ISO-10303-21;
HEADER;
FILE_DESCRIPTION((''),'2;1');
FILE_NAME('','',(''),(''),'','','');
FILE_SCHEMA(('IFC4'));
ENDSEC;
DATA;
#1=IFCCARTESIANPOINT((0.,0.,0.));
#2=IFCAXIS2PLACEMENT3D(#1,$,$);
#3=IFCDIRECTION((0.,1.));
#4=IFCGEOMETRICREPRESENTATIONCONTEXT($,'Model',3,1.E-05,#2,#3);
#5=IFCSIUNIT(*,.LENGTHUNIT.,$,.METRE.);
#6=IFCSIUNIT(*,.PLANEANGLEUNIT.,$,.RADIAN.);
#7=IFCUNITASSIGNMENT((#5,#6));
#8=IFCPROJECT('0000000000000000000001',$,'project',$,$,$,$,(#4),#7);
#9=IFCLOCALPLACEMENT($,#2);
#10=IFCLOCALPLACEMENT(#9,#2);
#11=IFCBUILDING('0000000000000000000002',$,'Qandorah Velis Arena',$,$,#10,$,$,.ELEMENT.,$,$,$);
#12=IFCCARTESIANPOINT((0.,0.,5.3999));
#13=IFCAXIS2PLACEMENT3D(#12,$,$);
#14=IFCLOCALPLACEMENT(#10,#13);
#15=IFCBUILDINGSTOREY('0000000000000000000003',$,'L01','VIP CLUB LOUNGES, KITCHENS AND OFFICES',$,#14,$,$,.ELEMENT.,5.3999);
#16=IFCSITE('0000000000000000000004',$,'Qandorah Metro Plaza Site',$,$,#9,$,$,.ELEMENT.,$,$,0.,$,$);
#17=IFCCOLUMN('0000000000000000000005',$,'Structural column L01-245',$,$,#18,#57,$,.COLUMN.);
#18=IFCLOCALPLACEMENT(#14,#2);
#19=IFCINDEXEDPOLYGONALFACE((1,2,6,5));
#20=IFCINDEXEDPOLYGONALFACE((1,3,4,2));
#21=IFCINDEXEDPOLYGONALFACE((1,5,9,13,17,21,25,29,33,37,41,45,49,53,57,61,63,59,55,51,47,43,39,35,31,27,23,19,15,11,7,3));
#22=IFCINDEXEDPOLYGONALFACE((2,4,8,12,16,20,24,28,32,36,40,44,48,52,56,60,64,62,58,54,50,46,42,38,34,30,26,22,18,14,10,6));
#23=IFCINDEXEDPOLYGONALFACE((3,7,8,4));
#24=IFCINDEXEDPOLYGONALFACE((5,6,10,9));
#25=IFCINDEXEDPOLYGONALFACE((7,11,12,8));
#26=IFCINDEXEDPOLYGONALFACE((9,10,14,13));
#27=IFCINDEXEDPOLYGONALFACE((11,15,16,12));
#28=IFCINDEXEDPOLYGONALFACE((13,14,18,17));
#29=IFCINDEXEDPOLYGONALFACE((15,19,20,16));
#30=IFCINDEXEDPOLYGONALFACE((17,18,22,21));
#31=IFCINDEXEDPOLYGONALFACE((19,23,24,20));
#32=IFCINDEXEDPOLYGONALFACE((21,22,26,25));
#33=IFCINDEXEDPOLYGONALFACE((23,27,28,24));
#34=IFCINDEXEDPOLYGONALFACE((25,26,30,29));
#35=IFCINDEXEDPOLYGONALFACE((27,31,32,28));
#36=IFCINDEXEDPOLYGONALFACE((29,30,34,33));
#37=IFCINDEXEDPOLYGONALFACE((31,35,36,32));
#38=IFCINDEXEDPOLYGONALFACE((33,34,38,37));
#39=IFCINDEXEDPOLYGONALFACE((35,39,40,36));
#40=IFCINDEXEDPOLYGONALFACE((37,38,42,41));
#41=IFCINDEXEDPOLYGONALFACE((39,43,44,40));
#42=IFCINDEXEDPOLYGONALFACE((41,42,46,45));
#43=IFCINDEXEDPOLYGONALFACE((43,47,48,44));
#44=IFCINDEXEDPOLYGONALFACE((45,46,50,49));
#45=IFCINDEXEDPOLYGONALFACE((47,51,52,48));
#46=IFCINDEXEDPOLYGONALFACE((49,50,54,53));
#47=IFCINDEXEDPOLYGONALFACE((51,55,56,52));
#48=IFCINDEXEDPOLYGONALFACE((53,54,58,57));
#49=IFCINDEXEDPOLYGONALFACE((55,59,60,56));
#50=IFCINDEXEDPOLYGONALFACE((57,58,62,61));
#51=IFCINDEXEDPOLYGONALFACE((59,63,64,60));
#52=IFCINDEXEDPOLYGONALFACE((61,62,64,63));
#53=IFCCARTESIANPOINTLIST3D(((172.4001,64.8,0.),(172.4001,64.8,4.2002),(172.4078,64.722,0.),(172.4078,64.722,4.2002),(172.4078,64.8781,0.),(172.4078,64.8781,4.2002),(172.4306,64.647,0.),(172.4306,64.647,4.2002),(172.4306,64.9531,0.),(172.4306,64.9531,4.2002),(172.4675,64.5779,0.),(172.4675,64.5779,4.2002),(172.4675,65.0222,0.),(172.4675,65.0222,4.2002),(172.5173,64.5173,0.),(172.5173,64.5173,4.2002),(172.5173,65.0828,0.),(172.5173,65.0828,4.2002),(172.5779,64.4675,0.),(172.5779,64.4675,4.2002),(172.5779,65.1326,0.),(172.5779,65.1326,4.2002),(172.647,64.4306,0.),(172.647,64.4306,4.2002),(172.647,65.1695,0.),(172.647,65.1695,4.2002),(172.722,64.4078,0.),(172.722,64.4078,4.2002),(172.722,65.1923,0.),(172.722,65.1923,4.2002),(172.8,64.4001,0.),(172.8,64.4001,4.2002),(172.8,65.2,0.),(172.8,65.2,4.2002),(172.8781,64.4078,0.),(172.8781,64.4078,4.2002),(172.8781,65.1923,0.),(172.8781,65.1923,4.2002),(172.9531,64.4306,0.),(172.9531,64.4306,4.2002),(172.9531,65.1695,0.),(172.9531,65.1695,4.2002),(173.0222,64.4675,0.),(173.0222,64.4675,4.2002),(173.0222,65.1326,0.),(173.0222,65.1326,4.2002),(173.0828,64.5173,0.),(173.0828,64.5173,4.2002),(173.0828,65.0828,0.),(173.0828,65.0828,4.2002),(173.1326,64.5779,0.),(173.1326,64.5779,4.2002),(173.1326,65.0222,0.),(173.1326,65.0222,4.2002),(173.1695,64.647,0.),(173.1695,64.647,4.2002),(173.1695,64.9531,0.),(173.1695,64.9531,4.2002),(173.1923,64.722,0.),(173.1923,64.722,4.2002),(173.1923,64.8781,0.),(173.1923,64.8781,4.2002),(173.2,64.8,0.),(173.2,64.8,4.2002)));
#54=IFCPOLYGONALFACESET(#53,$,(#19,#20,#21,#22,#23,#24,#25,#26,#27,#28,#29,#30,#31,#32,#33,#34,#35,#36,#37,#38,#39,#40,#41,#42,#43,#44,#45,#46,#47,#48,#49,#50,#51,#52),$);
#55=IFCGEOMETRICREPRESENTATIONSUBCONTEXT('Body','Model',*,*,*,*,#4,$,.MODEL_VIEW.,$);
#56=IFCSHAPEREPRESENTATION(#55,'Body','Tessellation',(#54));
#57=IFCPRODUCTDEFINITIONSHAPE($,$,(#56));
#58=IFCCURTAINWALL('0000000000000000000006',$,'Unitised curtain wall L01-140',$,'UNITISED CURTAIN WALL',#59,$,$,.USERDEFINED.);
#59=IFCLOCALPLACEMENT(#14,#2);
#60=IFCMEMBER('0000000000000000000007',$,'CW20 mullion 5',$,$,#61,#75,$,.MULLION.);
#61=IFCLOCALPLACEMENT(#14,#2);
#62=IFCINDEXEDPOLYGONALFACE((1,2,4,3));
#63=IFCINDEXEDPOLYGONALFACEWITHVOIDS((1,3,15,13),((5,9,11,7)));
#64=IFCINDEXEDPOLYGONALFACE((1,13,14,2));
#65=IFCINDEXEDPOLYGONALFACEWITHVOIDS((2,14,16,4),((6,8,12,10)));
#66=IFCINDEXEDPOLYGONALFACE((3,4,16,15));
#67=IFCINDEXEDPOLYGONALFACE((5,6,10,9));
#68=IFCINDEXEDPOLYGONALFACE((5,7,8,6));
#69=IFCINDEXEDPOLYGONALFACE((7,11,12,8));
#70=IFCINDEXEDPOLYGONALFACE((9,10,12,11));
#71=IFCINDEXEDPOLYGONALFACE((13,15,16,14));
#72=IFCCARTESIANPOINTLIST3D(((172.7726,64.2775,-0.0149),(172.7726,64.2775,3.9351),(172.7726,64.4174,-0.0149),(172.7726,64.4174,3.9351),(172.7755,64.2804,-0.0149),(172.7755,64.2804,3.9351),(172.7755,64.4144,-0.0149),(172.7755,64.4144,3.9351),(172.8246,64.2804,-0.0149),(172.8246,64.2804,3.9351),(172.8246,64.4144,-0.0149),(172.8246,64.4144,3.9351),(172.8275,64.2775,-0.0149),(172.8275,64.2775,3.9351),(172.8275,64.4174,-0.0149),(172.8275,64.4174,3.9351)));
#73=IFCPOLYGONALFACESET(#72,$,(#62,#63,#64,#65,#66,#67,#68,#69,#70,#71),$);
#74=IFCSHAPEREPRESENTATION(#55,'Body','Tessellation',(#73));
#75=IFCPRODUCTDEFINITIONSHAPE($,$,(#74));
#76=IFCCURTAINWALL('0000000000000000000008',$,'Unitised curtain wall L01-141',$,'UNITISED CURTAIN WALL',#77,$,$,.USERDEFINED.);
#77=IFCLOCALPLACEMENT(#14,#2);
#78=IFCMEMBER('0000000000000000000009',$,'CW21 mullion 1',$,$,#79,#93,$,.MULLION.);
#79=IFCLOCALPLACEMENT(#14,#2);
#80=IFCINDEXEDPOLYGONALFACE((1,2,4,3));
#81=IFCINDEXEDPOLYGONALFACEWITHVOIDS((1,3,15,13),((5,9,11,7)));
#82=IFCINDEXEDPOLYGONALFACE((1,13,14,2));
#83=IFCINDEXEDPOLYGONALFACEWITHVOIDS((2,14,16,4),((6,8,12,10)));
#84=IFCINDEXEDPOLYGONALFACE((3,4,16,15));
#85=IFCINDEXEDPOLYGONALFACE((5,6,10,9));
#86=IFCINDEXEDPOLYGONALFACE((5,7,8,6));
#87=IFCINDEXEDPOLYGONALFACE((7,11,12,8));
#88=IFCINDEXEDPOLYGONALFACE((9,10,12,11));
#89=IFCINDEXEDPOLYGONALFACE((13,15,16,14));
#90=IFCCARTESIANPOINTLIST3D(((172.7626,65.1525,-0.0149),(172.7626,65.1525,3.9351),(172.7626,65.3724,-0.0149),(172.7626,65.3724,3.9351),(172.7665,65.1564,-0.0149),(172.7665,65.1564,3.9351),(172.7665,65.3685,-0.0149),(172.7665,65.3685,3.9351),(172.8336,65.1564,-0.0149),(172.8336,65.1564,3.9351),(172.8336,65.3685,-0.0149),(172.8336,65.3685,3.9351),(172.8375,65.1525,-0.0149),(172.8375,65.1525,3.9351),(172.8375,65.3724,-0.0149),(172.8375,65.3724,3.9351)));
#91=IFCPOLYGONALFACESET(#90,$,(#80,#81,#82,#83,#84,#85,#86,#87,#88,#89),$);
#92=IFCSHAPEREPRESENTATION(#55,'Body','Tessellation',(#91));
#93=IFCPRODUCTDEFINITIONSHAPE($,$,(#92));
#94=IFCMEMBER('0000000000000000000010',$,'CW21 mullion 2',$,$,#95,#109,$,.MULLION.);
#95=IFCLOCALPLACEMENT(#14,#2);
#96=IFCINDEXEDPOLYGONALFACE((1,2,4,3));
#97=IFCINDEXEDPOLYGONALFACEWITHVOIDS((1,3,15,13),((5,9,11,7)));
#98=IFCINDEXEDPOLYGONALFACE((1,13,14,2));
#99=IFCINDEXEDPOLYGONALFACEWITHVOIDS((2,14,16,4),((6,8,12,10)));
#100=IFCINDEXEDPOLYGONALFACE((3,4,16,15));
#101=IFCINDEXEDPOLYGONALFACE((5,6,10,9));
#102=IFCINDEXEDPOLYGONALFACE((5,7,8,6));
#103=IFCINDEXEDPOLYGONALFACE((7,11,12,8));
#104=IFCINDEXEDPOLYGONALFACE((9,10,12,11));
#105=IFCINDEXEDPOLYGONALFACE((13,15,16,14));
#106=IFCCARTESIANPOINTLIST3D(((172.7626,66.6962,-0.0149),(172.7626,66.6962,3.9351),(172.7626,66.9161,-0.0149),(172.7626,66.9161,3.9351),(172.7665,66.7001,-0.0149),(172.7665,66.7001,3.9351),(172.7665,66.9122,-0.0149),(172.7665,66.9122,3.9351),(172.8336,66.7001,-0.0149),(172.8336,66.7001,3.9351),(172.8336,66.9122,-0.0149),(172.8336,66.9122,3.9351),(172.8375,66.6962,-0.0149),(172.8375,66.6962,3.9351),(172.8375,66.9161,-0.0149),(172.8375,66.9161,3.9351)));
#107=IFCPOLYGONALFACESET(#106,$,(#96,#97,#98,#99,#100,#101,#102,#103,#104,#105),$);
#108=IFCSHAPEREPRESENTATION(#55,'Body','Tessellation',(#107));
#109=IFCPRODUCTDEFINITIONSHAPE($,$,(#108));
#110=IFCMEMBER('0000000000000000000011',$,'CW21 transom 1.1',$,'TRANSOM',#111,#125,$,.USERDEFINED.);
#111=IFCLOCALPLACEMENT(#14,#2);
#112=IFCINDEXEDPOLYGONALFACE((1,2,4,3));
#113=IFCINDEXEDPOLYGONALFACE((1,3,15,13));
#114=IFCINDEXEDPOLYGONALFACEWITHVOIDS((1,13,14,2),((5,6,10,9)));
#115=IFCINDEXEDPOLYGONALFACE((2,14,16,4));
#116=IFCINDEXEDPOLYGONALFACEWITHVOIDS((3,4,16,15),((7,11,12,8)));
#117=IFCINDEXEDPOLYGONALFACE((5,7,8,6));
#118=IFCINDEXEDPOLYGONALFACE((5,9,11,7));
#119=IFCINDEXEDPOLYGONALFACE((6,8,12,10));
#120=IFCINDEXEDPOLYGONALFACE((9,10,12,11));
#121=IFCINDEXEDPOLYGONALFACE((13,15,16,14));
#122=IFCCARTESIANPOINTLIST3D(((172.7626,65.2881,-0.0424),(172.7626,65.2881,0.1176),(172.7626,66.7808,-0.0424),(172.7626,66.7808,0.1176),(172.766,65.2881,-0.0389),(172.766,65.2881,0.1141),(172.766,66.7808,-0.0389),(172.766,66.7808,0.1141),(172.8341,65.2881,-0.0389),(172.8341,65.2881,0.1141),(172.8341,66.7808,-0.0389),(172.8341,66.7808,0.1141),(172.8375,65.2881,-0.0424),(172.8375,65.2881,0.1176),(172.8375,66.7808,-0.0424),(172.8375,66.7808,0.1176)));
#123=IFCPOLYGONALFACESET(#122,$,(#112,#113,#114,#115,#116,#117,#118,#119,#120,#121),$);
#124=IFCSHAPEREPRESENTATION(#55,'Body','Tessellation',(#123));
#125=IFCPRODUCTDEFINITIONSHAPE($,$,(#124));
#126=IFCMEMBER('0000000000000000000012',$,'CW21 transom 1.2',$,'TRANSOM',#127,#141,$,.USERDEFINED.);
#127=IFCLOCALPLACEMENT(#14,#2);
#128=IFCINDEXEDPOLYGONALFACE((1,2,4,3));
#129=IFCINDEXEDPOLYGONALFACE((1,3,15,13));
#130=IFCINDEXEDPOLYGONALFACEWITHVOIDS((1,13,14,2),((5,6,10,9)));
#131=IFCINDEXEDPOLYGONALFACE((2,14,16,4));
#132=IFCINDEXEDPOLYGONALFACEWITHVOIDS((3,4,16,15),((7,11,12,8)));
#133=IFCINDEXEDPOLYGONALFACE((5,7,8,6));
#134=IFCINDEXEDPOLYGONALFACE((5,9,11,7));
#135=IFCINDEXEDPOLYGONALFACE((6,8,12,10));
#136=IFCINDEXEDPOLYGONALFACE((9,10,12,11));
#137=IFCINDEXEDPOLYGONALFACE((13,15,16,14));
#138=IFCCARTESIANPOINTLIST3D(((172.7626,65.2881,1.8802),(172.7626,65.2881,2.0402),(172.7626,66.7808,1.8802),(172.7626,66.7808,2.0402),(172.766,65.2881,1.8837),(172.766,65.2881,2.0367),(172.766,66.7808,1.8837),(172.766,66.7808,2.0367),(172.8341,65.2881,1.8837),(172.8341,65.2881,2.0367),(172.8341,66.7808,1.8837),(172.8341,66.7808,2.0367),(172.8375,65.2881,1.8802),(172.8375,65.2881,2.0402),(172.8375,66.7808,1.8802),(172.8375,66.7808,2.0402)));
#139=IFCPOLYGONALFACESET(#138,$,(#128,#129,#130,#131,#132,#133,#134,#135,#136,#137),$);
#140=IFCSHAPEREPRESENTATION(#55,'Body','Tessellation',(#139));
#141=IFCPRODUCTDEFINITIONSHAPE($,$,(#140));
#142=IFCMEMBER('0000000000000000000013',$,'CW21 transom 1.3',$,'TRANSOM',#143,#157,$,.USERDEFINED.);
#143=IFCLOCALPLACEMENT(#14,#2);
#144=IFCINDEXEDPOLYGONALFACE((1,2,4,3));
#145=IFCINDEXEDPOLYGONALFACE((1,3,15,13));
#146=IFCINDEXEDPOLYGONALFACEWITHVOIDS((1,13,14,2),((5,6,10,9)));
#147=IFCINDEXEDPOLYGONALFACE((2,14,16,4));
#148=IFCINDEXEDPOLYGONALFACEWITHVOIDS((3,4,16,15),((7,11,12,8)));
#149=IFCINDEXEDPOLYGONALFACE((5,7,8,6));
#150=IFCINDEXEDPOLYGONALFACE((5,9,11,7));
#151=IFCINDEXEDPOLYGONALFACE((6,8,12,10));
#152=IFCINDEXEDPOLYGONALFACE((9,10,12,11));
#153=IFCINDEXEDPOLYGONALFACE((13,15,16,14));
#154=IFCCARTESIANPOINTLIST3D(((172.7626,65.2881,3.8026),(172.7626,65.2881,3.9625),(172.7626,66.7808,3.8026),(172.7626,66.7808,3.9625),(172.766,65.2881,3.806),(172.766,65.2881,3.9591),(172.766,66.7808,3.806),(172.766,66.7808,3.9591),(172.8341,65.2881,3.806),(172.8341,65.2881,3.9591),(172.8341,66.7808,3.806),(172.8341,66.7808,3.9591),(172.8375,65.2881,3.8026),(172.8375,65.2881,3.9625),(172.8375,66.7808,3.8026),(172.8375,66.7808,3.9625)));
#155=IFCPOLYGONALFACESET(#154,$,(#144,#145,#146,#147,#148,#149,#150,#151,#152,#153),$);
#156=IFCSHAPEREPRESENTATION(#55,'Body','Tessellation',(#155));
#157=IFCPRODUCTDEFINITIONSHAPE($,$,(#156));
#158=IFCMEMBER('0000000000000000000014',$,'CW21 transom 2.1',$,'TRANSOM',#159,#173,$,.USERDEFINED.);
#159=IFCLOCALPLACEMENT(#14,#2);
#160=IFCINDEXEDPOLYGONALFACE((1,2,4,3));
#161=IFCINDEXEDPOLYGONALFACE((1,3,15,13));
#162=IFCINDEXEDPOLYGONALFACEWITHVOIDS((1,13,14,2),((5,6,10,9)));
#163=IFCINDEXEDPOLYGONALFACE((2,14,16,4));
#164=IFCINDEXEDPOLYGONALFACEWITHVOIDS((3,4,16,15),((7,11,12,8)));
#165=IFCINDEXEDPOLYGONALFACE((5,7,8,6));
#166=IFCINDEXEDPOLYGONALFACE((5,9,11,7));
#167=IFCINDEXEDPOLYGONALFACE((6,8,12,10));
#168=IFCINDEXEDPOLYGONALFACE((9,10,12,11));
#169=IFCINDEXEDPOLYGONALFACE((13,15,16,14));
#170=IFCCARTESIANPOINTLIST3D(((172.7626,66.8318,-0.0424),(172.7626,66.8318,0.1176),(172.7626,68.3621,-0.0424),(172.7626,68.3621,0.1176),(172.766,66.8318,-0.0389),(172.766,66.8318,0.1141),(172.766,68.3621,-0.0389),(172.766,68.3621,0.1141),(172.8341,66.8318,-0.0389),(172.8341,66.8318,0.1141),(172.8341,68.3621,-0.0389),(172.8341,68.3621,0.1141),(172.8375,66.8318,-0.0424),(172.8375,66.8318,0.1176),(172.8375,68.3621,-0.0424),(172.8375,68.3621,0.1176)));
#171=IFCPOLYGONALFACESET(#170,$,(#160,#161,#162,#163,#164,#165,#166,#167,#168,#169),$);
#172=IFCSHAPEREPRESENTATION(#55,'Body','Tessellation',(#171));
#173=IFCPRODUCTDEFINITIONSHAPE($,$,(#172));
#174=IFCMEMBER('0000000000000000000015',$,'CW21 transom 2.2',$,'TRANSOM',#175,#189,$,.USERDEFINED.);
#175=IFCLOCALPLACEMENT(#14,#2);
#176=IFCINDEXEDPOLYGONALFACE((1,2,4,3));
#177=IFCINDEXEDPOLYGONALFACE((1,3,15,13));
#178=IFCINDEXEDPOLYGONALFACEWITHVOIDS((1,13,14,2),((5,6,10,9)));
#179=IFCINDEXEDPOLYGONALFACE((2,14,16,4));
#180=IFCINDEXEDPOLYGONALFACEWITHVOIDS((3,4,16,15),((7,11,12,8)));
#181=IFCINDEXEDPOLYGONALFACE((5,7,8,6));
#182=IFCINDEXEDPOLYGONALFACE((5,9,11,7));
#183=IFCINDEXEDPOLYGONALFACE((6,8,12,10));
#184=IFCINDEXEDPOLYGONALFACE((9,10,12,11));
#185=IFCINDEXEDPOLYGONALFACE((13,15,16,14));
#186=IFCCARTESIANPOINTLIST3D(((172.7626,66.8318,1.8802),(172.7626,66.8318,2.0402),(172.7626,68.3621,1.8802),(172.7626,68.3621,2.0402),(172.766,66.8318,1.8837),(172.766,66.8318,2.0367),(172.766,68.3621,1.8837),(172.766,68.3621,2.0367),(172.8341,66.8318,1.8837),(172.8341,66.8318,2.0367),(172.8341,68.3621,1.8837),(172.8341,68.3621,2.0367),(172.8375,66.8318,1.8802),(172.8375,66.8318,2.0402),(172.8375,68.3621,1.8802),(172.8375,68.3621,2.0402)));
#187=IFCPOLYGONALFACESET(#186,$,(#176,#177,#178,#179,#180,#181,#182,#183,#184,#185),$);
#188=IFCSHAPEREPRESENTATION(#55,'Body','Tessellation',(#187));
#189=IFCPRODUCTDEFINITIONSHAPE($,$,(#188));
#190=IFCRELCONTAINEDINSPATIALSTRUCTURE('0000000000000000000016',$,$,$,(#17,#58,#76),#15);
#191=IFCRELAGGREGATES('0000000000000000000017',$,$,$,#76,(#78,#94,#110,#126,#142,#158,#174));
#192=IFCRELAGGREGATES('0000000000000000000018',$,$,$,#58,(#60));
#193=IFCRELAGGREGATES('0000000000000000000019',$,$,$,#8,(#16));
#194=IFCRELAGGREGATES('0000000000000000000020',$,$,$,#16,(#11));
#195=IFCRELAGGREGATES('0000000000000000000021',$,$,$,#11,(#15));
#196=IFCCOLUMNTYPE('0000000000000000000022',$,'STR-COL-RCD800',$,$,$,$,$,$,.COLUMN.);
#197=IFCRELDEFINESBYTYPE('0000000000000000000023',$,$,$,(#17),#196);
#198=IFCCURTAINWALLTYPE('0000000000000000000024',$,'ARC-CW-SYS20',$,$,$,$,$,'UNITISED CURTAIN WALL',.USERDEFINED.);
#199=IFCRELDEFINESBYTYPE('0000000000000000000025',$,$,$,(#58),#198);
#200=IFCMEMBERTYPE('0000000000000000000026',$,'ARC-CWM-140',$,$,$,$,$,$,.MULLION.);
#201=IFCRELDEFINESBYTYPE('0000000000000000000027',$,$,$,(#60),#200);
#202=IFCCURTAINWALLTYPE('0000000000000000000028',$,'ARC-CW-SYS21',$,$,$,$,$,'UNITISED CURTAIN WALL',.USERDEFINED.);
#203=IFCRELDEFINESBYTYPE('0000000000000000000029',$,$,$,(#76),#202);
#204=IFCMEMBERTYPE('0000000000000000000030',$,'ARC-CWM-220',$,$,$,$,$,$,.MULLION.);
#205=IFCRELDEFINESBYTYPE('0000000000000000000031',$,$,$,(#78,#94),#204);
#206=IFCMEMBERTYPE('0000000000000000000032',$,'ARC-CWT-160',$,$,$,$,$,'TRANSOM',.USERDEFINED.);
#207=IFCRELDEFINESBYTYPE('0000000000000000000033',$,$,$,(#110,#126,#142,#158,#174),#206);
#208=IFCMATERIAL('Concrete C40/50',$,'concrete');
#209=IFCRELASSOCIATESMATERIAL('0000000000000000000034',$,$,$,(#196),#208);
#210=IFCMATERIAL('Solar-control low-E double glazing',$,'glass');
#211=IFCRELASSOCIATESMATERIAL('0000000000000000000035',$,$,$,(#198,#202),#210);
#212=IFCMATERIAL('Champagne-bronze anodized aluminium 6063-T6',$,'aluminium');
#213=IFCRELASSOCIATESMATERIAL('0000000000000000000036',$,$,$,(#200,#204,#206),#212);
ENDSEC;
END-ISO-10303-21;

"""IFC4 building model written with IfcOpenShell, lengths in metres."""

from ifc_helpers import new_model, si_unit, direction, frame, origin, origin_2d, place, context, subcontext, project, spatial, hollow_rectangle, circle, extrude, material, material_profile, profile_set, type_object, element, aggregate, save


model = new_model("IFC4")

# Units and contexts
model_context = context("Model", 3, precision=1e-05, world=origin(), true_north=direction((0.0, 1.0)))
body_context = subcontext(model_context, "Body", "Model", "MODEL_VIEW")
ifc_project = project(units=[si_unit("LENGTHUNIT", "METRE"), si_unit("PLANEANGLEUNIT", "RADIAN")], contexts=[model_context])

# Site, building, storey
site_placement = place(None, origin())
site = spatial("IfcSite", under=ifc_project, at=site_placement, Name="Qandorah Metro Plaza Site", CompositionType="ELEMENT", RefElevation=0.0)
building_placement = place(site_placement, origin())
building = spatial("IfcBuilding", under=site, at=building_placement, Name="Qandorah Velis Arena", CompositionType="ELEMENT")
storey_placement = place(building_placement, frame((0.0, 0.0, 5.3999)))
storey = spatial("IfcBuildingStorey", under=building, at=storey_placement, Name="L01", Description="VIP CLUB LOUNGES, KITCHENS AND OFFICES", CompositionType="ELEMENT", Elevation=5.3999)

# Column
ifc_material_1 = material(Name="Concrete C40/50", Category="concrete")
ifc_material_profile_1 = material_profile(ifc_material_1, circle(Radius=0.3999, at=origin_2d()), Name="RC D800")
ifc_profile_set_1 = profile_set([ifc_material_profile_1], Name="Concrete C40/50")
column_type = type_object("IfcColumnType", Name="STR-COL-RCD800", PredefinedType="COLUMN", material=ifc_profile_set_1)
column_placement = place(storey_placement, frame((172.8, 64.8, 0.0), z_axis=(0.0, 0.0, 1.0), x_axis=(1.0, 0.0, 0.0)))
element("IfcColumn", 1, at=column_placement, inside=storey, type_object=column_type, Name="Structural column L01-245", PredefinedType="COLUMN", context=body_context, shape_type="SweptSolid", body=[
    extrude(circle(Radius=0.3999, at=origin_2d()), origin(), (0.0, 0.0, 1.0), 4.2002),
])

# Curtain wall, member
ifc_material_2 = material(Name="Solar-control low-E double glazing", Category="glass")
curtain_wall_type_1 = type_object("IfcCurtainWallType", Name="ARC-CW-SYS20", ElementType="UNITISED CURTAIN WALL", PredefinedType="USERDEFINED", material=ifc_material_2)
curtain_wall_1_placement = place(storey_placement, origin())
curtain_wall_1 = element("IfcCurtainWall", 2, at=curtain_wall_1_placement, inside=storey, type_object=curtain_wall_type_1, Name="Unitised curtain wall L01-140", ObjectType="UNITISED CURTAIN WALL", PredefinedType="USERDEFINED")
ifc_material_3 = material(Name="Champagne-bronze anodized aluminium 6063-T6", Category="aluminium")
ifc_material_profile_2 = material_profile(ifc_material_3, hollow_rectangle(XDim=0.0549, YDim=0.1399, WallThickness=0.0029, at=origin_2d()), Name="ALU MULLION 55x140")
ifc_profile_set_2 = profile_set([ifc_material_profile_2], Name="Champagne-bronze anodized aluminium 6063-T6")
member_type_1 = type_object("IfcMemberType", Name="ARC-CWM-140", PredefinedType="MULLION", material=ifc_profile_set_2)
member_1_placement = place(storey_placement, frame((172.8, 64.3474, -0.0149), z_axis=(0.0, 0.0, 1.0), x_axis=(-1.0, 0.0, 0.0)))
member_1 = element("IfcMember", 3, at=member_1_placement, type_object=member_type_1, Name="CW20 mullion 5", PredefinedType="MULLION", context=body_context, shape_type="SweptSolid", body=[
    extrude(hollow_rectangle(XDim=0.0549, YDim=0.1399, WallThickness=0.0029, at=origin_2d()), origin(), (0.0, 0.0, 1.0), 3.95),
])

# Curtain wall, members
curtain_wall_type_2 = type_object("IfcCurtainWallType", Name="ARC-CW-SYS21", ElementType="UNITISED CURTAIN WALL", PredefinedType="USERDEFINED", material=ifc_material_2)
curtain_wall_2_placement = place(storey_placement, origin())
curtain_wall_2 = element("IfcCurtainWall", 4, at=curtain_wall_2_placement, inside=storey, type_object=curtain_wall_type_2, Name="Unitised curtain wall L01-141", ObjectType="UNITISED CURTAIN WALL", PredefinedType="USERDEFINED")
ifc_material_profile_3 = material_profile(ifc_material_3, hollow_rectangle(XDim=0.075, YDim=0.22, WallThickness=0.0039, at=origin_2d()), Name="ALU MULLION 75x220")
ifc_profile_set_3 = profile_set([ifc_material_profile_3], Name="Champagne-bronze anodized aluminium 6063-T6")
member_type_2 = type_object("IfcMemberType", Name="ARC-CWM-220", PredefinedType="MULLION", material=ifc_profile_set_3)
member_2_placement = place(storey_placement, frame((172.8, 65.2625, -0.0149), z_axis=(0.0, 0.0, 1.0), x_axis=(-1.0, 0.0, 0.0)))
member_2 = element("IfcMember", 5, at=member_2_placement, type_object=member_type_2, Name="CW21 mullion 1", PredefinedType="MULLION", context=body_context, shape_type="SweptSolid", body=[
    extrude(hollow_rectangle(XDim=0.075, YDim=0.22, WallThickness=0.0039, at=origin_2d()), origin(), (0.0, 0.0, 1.0), 3.95),
])
member_3_placement = place(storey_placement, frame((172.8, 66.8062, -0.0149), z_axis=(0.0, 0.0, 1.0), x_axis=(-1.0, 0.0, 0.0)))
member_3 = element("IfcMember", 6, at=member_3_placement, type_object=member_type_2, Name="CW21 mullion 2", PredefinedType="MULLION", context=body_context, shape_type="SweptSolid", body=[
    extrude(hollow_rectangle(XDim=0.075, YDim=0.22, WallThickness=0.0039, at=origin_2d()), origin(), (0.0, 0.0, 1.0), 3.95),
])
ifc_material_profile_4 = material_profile(ifc_material_3, hollow_rectangle(XDim=0.075, YDim=0.1599, WallThickness=0.0034, at=origin_2d()), Name="ALU TRANSOM 75x160")
ifc_profile_set_4 = profile_set([ifc_material_profile_4], Name="Champagne-bronze anodized aluminium 6063-T6")
member_type_3 = type_object("IfcMemberType", Name="ARC-CWT-160", ElementType="TRANSOM", PredefinedType="USERDEFINED", material=ifc_profile_set_4)
member_4_placement = place(storey_placement, frame((172.8, 65.2881, 0.0376), z_axis=(0.0, 1.0, 0.0), x_axis=(-1.0, 0.0, 0.0)))
member_4 = element("IfcMember", 7, at=member_4_placement, type_object=member_type_3, Name="CW21 transom 1.1", ObjectType="TRANSOM", PredefinedType="USERDEFINED", context=body_context, shape_type="SweptSolid", body=[
    extrude(hollow_rectangle(XDim=0.075, YDim=0.1599, WallThickness=0.0034, at=origin_2d()), origin(), (0.0, 0.0, 1.0), 1.4927),
])
member_5_placement = place(storey_placement, frame((172.8, 65.2881, 1.9602), z_axis=(0.0, 1.0, 0.0), x_axis=(-1.0, 0.0, 0.0)))
member_5 = element("IfcMember", 8, at=member_5_placement, type_object=member_type_3, Name="CW21 transom 1.2", ObjectType="TRANSOM", PredefinedType="USERDEFINED", context=body_context, shape_type="SweptSolid", body=[
    extrude(hollow_rectangle(XDim=0.075, YDim=0.1599, WallThickness=0.0034, at=origin_2d()), origin(), (0.0, 0.0, 1.0), 1.4927),
])
member_6_placement = place(storey_placement, frame((172.8, 65.2881, 3.8826), z_axis=(0.0, 1.0, 0.0), x_axis=(-1.0, 0.0, 0.0)))
member_6 = element("IfcMember", 9, at=member_6_placement, type_object=member_type_3, Name="CW21 transom 1.3", ObjectType="TRANSOM", PredefinedType="USERDEFINED", context=body_context, shape_type="SweptSolid", body=[
    extrude(hollow_rectangle(XDim=0.075, YDim=0.1599, WallThickness=0.0034, at=origin_2d()), origin(), (0.0, 0.0, 1.0), 1.4927),
])
member_7_placement = place(storey_placement, frame((172.8, 66.8318, 0.0376), z_axis=(0.0, 1.0, 0.0), x_axis=(-1.0, 0.0, 0.0)))
member_7 = element("IfcMember", 10, at=member_7_placement, type_object=member_type_3, Name="CW21 transom 2.1", ObjectType="TRANSOM", PredefinedType="USERDEFINED", context=body_context, shape_type="SweptSolid", body=[
    extrude(hollow_rectangle(XDim=0.075, YDim=0.1599, WallThickness=0.0034, at=origin_2d()), origin(), (0.0, 0.0, 1.0), 1.5303),
])
member_8_placement = place(storey_placement, frame((172.8, 66.8318, 1.9602), z_axis=(0.0, 1.0, 0.0), x_axis=(-1.0, 0.0, 0.0)))
member_8 = element("IfcMember", 11, at=member_8_placement, type_object=member_type_3, Name="CW21 transom 2.2", ObjectType="TRANSOM", PredefinedType="USERDEFINED", context=body_context, shape_type="SweptSolid", body=[
    extrude(hollow_rectangle(XDim=0.075, YDim=0.1599, WallThickness=0.0034, at=origin_2d()), origin(), (0.0, 0.0, 1.0), 1.5303),
])

aggregate(curtain_wall_2, [member_2, member_3, member_4, member_5, member_6, member_7, member_8])
aggregate(curtain_wall_1, [member_1])

save(model, "model.ifc")
